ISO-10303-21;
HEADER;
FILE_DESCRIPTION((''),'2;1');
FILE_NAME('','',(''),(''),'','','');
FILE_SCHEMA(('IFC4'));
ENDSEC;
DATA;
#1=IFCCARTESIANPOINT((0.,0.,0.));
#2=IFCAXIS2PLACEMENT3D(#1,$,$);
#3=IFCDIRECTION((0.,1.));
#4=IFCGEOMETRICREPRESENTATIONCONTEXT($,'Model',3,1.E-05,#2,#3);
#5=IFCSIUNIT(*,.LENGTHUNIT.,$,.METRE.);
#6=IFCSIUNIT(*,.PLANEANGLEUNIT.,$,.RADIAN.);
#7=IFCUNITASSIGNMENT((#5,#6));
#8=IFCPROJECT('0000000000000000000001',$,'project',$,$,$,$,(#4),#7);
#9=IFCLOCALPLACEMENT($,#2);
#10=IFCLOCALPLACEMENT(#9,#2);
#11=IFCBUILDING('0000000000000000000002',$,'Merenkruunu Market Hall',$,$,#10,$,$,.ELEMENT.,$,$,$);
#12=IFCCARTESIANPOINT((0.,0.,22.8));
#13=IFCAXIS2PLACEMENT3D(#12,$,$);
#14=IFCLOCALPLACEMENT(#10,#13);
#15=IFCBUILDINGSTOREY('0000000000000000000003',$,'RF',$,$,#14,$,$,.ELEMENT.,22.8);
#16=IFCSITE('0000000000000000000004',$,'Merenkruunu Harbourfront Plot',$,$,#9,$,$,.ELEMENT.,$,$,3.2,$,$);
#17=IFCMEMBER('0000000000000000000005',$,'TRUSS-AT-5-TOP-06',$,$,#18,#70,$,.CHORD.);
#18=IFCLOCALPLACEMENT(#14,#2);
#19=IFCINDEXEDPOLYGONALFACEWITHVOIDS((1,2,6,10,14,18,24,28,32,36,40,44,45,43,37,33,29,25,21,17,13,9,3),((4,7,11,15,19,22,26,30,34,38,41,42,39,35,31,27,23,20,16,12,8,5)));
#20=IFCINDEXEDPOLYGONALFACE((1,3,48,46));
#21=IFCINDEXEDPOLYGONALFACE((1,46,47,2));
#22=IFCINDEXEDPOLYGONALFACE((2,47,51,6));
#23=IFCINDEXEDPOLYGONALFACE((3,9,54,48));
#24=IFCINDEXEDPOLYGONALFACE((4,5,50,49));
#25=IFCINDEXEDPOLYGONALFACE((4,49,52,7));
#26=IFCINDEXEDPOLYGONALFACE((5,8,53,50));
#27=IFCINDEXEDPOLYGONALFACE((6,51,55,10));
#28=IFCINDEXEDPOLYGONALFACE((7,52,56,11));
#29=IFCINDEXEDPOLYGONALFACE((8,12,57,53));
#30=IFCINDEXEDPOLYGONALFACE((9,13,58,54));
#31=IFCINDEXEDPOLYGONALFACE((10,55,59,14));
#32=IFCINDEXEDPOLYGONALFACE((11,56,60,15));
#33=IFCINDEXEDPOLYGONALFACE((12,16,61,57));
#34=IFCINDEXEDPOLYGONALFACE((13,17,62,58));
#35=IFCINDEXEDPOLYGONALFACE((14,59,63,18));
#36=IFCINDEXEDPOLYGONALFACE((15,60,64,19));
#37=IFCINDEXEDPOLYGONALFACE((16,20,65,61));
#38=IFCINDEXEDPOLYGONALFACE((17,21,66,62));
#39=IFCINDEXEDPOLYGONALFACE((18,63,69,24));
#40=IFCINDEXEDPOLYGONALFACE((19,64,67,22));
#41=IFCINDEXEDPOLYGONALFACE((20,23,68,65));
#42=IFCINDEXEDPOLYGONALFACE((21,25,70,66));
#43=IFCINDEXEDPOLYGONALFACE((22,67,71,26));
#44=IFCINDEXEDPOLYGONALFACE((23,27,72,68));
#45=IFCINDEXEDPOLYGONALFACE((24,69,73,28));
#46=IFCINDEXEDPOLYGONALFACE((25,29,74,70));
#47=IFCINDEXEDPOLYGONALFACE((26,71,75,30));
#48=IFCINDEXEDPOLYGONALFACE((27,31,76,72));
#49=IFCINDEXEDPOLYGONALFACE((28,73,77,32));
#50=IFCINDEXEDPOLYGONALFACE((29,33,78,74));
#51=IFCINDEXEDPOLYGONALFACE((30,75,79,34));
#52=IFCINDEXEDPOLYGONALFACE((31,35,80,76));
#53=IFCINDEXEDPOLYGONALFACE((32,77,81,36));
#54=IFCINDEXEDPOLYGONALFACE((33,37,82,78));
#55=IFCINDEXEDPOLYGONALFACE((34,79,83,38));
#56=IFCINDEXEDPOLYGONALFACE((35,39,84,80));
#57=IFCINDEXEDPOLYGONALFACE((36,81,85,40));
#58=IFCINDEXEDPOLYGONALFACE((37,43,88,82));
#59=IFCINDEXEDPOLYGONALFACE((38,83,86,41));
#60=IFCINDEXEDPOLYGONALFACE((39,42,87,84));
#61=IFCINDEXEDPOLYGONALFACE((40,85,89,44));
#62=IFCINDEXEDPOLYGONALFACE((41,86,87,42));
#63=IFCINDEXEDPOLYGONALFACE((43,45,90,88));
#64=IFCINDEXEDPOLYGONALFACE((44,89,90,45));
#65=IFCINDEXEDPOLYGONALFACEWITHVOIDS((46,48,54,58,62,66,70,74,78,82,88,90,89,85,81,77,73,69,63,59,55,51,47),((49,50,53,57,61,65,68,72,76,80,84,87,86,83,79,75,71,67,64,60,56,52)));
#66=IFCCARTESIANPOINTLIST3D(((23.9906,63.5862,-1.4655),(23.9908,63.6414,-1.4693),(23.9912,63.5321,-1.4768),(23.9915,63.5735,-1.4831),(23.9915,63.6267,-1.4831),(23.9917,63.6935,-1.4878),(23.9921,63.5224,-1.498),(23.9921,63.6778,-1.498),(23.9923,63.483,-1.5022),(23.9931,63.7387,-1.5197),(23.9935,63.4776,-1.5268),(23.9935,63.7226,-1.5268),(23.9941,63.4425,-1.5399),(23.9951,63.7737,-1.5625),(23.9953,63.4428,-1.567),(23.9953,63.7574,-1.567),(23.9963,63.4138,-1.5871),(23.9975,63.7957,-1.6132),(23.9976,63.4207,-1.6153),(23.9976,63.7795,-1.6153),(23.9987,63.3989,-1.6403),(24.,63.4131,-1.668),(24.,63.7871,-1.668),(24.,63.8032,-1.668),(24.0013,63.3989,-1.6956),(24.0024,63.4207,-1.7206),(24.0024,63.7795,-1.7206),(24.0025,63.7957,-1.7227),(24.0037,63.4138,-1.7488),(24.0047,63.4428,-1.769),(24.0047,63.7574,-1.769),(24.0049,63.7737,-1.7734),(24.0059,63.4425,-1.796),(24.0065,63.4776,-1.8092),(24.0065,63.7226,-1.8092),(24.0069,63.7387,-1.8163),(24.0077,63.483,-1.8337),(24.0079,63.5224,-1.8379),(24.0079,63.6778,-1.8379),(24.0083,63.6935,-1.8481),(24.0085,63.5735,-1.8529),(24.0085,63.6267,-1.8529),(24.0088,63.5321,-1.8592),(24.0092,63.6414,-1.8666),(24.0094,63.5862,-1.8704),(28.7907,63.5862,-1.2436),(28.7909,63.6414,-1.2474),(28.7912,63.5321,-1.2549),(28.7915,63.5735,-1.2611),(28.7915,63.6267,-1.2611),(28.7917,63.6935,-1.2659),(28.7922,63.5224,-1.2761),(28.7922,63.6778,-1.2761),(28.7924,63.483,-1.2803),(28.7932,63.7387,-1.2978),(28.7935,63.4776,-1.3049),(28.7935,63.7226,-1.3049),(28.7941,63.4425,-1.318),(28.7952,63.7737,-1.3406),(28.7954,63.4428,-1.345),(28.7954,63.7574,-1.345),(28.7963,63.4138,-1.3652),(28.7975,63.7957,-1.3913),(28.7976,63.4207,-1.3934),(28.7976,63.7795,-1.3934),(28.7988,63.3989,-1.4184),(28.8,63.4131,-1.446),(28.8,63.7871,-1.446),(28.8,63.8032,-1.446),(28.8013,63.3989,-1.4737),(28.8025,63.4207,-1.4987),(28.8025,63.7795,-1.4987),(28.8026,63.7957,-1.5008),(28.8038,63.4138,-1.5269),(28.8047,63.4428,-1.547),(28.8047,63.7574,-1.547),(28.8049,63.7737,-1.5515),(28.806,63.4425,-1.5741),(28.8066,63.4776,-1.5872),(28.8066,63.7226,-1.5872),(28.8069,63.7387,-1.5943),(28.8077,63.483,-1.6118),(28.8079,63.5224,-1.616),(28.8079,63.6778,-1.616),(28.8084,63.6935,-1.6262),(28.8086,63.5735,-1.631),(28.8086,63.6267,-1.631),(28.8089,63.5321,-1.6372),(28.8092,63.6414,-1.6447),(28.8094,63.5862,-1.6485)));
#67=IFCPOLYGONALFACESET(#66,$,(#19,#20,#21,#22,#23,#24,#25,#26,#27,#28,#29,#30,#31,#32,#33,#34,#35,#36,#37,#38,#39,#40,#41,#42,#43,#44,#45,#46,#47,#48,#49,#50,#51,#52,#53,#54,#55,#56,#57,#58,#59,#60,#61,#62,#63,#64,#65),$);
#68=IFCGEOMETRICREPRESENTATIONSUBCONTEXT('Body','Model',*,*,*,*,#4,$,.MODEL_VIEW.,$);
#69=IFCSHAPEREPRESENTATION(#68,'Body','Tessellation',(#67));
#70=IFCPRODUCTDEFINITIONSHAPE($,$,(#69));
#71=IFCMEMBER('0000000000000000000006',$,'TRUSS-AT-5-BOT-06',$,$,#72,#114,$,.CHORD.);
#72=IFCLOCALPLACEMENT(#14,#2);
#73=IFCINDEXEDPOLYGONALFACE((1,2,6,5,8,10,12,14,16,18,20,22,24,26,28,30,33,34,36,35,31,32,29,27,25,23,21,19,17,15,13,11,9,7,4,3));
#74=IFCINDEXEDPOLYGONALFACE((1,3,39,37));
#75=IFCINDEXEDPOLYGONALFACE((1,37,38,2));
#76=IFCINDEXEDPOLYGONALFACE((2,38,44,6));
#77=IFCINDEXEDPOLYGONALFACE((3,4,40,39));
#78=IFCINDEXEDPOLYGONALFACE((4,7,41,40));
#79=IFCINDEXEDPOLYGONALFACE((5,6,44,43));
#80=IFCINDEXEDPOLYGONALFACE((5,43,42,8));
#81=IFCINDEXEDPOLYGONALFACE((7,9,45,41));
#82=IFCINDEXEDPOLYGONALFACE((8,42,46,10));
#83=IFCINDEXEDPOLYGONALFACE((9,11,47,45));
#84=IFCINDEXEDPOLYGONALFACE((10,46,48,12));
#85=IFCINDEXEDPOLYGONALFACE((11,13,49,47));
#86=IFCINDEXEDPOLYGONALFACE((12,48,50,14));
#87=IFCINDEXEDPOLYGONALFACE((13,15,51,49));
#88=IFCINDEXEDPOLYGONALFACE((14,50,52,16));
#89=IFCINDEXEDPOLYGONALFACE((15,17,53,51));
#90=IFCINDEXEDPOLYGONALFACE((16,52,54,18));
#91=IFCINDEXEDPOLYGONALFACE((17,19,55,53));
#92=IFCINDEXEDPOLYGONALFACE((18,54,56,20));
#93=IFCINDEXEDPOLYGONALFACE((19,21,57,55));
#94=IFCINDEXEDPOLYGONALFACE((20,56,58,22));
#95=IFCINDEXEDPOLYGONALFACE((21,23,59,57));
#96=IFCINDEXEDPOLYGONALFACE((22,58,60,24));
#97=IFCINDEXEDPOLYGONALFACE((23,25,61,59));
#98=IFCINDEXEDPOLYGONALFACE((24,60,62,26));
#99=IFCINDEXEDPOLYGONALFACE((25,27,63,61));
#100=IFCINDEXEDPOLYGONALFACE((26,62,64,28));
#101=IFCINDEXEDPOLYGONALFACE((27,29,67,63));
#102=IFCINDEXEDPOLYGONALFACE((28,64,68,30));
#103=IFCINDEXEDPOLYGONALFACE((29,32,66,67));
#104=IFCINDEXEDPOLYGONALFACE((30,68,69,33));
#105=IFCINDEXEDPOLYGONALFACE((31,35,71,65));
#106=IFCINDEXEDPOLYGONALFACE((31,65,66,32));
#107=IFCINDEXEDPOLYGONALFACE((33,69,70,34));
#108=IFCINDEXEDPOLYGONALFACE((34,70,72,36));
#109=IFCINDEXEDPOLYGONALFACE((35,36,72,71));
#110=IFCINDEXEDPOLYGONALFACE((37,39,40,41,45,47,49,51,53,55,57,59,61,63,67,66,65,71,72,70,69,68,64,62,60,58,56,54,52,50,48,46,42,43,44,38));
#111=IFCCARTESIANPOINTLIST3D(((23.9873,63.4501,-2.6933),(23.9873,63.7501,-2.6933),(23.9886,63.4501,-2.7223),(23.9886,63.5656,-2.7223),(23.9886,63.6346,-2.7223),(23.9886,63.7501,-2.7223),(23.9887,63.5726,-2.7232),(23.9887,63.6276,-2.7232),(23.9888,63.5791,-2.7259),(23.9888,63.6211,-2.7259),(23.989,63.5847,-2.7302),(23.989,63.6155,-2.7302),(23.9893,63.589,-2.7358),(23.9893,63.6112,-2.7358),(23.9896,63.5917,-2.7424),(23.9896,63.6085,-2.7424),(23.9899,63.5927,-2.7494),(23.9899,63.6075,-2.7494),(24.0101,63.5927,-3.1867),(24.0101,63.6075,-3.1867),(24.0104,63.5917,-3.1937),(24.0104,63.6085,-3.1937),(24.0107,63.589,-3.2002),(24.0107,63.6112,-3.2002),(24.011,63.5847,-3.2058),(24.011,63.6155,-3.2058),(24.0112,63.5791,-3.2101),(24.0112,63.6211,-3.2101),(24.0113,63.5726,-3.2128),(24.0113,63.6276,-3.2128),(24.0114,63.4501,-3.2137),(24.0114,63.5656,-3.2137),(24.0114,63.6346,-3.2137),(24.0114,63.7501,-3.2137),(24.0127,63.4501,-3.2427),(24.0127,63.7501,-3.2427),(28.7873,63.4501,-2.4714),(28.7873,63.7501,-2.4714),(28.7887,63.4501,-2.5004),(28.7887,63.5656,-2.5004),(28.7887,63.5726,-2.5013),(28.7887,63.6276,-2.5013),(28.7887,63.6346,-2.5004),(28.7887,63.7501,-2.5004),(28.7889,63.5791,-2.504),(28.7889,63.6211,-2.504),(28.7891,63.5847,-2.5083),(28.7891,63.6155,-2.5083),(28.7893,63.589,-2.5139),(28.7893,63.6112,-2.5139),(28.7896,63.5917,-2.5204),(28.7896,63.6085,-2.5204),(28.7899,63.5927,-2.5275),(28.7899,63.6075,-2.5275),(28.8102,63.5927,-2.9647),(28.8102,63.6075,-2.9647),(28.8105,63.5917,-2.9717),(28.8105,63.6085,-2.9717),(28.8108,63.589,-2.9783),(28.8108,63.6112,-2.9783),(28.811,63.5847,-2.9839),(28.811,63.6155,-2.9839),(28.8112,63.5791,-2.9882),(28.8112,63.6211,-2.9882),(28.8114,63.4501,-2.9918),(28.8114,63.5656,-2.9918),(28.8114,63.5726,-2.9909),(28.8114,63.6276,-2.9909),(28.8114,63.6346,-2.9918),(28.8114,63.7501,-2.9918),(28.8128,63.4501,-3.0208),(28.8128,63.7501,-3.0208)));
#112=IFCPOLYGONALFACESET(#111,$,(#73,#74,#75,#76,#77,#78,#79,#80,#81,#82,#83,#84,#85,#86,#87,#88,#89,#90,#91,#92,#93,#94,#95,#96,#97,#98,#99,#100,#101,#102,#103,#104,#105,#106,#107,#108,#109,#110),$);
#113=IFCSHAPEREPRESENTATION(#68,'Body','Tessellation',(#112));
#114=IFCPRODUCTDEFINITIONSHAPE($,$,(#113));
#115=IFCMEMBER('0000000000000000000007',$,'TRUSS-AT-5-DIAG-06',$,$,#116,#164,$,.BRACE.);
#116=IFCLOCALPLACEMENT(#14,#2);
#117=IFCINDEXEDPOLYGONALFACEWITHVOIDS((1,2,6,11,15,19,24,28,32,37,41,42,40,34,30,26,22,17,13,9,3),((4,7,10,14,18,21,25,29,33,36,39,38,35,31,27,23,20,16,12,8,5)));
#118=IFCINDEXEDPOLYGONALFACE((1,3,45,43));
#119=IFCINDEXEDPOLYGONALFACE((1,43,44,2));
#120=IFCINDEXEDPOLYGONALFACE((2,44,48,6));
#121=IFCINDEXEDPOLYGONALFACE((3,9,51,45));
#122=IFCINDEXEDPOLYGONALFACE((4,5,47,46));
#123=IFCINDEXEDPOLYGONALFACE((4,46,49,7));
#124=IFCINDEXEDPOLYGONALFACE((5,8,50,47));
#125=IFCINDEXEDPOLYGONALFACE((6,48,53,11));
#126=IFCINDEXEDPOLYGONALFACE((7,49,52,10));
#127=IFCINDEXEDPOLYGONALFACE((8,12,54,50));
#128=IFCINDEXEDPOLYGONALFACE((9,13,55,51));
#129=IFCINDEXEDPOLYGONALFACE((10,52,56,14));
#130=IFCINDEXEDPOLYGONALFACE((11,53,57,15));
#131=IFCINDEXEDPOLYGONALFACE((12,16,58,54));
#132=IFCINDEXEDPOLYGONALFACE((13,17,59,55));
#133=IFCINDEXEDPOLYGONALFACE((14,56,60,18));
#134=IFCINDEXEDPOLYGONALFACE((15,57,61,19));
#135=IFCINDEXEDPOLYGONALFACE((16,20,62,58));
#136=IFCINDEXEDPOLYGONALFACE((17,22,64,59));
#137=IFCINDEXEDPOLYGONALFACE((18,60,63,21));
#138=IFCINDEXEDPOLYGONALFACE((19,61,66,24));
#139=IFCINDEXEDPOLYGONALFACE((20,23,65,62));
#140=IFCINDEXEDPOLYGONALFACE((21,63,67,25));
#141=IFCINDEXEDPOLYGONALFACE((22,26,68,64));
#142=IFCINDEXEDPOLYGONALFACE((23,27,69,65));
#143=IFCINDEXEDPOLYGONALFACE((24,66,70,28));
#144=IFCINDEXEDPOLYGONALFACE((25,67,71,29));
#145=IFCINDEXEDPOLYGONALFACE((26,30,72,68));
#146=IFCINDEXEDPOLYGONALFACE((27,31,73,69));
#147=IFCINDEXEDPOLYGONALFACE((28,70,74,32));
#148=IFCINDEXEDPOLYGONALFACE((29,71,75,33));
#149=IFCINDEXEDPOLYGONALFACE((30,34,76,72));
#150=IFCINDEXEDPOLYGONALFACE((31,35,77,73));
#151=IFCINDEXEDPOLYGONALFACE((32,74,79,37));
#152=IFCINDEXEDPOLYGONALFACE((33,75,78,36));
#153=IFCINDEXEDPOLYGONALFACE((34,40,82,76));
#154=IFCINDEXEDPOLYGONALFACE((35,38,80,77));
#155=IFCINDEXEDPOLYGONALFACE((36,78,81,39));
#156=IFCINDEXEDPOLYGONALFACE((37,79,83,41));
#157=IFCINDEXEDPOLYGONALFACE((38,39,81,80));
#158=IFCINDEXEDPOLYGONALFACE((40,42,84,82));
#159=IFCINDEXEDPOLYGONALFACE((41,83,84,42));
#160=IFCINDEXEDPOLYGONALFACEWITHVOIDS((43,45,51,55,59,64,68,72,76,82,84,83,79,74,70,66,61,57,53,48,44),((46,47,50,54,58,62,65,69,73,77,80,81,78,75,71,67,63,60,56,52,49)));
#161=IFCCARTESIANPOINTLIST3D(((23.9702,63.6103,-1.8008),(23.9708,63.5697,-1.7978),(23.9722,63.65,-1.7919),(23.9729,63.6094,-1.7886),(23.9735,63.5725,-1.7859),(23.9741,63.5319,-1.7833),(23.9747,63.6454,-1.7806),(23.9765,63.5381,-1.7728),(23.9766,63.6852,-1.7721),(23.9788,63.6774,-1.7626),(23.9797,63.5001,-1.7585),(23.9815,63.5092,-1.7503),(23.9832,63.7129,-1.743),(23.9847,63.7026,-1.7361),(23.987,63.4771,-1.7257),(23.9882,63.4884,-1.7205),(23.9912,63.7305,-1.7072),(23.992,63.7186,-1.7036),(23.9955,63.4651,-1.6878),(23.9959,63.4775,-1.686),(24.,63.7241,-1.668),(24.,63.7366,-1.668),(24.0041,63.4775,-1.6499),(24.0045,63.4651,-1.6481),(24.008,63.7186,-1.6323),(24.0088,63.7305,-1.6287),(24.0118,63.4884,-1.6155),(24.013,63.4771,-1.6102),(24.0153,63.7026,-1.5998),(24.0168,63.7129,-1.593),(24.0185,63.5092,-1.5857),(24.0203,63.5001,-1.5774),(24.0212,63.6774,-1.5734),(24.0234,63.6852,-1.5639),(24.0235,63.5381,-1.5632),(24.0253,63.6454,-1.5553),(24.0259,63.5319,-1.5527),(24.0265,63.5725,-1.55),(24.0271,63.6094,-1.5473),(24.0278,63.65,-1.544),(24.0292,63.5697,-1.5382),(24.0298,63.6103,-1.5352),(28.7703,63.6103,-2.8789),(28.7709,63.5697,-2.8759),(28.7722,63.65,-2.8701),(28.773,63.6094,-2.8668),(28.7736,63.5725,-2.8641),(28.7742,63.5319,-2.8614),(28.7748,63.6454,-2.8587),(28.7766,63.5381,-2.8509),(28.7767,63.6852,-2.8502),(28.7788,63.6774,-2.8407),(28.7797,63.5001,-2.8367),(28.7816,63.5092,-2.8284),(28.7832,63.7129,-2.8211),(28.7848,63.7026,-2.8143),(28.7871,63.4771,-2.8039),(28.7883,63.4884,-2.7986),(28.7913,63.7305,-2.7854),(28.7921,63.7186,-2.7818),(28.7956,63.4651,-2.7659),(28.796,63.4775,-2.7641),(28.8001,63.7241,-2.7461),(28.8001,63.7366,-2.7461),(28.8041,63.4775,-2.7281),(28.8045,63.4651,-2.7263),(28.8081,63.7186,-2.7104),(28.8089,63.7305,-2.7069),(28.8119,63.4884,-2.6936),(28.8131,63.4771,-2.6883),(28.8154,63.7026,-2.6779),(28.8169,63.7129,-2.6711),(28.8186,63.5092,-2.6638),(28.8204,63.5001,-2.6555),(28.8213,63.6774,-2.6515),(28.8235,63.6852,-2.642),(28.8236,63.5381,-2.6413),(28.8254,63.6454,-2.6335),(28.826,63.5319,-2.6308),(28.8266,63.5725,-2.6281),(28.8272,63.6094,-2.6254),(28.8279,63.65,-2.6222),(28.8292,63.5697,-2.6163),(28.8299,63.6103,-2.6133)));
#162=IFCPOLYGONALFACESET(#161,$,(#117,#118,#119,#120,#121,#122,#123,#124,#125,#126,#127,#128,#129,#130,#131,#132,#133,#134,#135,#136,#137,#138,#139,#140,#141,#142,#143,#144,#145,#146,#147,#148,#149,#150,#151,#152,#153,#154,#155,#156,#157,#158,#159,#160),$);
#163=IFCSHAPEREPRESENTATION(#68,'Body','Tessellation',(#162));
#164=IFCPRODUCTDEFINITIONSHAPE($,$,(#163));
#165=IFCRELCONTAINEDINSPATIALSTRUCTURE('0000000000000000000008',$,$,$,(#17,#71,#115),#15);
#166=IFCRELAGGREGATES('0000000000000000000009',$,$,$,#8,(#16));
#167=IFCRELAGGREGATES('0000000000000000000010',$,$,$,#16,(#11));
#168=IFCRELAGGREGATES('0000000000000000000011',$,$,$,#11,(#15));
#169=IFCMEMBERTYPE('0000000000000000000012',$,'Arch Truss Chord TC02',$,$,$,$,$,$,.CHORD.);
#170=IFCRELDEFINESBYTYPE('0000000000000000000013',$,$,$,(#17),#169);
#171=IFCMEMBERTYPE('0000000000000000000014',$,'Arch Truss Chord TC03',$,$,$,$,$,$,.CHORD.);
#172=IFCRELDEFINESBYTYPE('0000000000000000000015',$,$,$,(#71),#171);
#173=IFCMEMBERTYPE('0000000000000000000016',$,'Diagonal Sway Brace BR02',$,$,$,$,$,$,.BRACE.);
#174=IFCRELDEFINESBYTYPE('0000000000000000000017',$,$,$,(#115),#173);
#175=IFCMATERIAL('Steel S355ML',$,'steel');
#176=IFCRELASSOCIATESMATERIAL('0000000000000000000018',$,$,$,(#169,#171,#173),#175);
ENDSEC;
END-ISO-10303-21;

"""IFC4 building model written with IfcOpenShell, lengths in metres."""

from ifc_helpers import new_model, si_unit, direction, frame, origin, origin_2d, place, context, subcontext, project, spatial, hollow_circle, i_section, extrude, material, material_profile, profile_set, type_object, element, save


model = new_model("IFC4")

# Units and contexts
model_context = context("Model", 3, precision=1e-05, world=origin(), true_north=direction((0.0, 1.0)))
body_context = subcontext(model_context, "Body", "Model", "MODEL_VIEW")
ifc_project = project(units=[si_unit("LENGTHUNIT", "METRE"), si_unit("PLANEANGLEUNIT", "RADIAN")], contexts=[model_context])

# Site, building, storey
site_placement = place(None, origin())
site = spatial("IfcSite", under=ifc_project, at=site_placement, Name="Merenkruunu Harbourfront Plot", CompositionType="ELEMENT", RefElevation=3.2)
building_placement = place(site_placement, origin())
building = spatial("IfcBuilding", under=site, at=building_placement, Name="Merenkruunu Market Hall", CompositionType="ELEMENT")
storey_placement = place(building_placement, frame((0.0, 0.0, 22.8)))
storey = spatial("IfcBuildingStorey", under=building, at=storey_placement, Name="RF", CompositionType="ELEMENT", Elevation=22.8)

# Members
ifc_material_1 = material(Name="Steel S355ML", Category="steel")
ifc_material_profile_1 = material_profile(ifc_material_1, hollow_circle(Radius=0.2031, WallThickness=0.0161, at=origin_2d()), Name="CHS 406.4x16")
ifc_profile_set_1 = profile_set([ifc_material_profile_1], Name="Steel S355ML")
member_type_1 = type_object("IfcMemberType", Name="Arch Truss Chord TC02", PredefinedType="CHORD", material=ifc_profile_set_1)
member_1_placement = place(storey_placement, frame((24.0, 63.6001, -1.668), z_axis=(0.998933, 0.0, 0.046184), x_axis=(0.0, 1.0, 0.0)))
element("IfcMember", 1, at=member_1_placement, inside=storey, type_object=member_type_1, Name="TRUSS-AT-5-TOP-06", PredefinedType="CHORD", context=body_context, shape_type="SweptSolid", body=[
    extrude(hollow_circle(Radius=0.2031, WallThickness=0.0161, at=origin_2d()), origin(), (0.0, 0.0, 1.0), 4.8052),
])
ifc_material_profile_2 = material_profile(ifc_material_1, i_section(OverallWidth=0.3, OverallDepth=0.55, WebThickness=0.0149, FlangeThickness=0.0291, FilletRadius=0.0271, at=origin_2d()), Name="HEB 550")
ifc_profile_set_2 = profile_set([ifc_material_profile_2], Name="Steel S355ML")
member_type_2 = type_object("IfcMemberType", Name="Arch Truss Chord TC03", PredefinedType="CHORD", material=ifc_profile_set_2)
member_2_placement = place(storey_placement, frame((24.0, 63.6001, -2.968), z_axis=(0.998933, 0.0, 0.046184), x_axis=(0.0, 1.0, 0.0)))
element("IfcMember", 2, at=member_2_placement, inside=storey, type_object=member_type_2, Name="TRUSS-AT-5-BOT-06", PredefinedType="CHORD", context=body_context, shape_type="SweptSolid", body=[
    extrude(i_section(OverallWidth=0.3, OverallDepth=0.55, WebThickness=0.0149, FlangeThickness=0.0291, FilletRadius=0.0271, at=origin_2d()), origin(), (0.0, 0.0, 1.0), 4.8052),
])
ifc_material_profile_3 = material_profile(ifc_material_1, hollow_circle(Radius=0.1365, WallThickness=0.0125, at=origin_2d()), Name="CHS 273x12.5")
ifc_profile_set_3 = profile_set([ifc_material_profile_3], Name="Steel S355ML")
member_type_3 = type_object("IfcMemberType", Name="Diagonal Sway Brace BR02", PredefinedType="BRACE", material=ifc_profile_set_3)
member_3_placement = place(storey_placement, frame((24.0, 63.6001, -1.668), z_axis=(0.975692, 0.0, -0.219147), x_axis=(0.0, 1.0, 0.0)))
element("IfcMember", 3, at=member_3_placement, inside=storey, type_object=member_type_3, Name="TRUSS-AT-5-DIAG-06", PredefinedType="BRACE", context=body_context, shape_type="SweptSolid", body=[
    extrude(hollow_circle(Radius=0.1365, WallThickness=0.0125, at=origin_2d()), origin(), (0.0, 0.0, 1.0), 4.9197),
])

save(model, "model.ifc")
